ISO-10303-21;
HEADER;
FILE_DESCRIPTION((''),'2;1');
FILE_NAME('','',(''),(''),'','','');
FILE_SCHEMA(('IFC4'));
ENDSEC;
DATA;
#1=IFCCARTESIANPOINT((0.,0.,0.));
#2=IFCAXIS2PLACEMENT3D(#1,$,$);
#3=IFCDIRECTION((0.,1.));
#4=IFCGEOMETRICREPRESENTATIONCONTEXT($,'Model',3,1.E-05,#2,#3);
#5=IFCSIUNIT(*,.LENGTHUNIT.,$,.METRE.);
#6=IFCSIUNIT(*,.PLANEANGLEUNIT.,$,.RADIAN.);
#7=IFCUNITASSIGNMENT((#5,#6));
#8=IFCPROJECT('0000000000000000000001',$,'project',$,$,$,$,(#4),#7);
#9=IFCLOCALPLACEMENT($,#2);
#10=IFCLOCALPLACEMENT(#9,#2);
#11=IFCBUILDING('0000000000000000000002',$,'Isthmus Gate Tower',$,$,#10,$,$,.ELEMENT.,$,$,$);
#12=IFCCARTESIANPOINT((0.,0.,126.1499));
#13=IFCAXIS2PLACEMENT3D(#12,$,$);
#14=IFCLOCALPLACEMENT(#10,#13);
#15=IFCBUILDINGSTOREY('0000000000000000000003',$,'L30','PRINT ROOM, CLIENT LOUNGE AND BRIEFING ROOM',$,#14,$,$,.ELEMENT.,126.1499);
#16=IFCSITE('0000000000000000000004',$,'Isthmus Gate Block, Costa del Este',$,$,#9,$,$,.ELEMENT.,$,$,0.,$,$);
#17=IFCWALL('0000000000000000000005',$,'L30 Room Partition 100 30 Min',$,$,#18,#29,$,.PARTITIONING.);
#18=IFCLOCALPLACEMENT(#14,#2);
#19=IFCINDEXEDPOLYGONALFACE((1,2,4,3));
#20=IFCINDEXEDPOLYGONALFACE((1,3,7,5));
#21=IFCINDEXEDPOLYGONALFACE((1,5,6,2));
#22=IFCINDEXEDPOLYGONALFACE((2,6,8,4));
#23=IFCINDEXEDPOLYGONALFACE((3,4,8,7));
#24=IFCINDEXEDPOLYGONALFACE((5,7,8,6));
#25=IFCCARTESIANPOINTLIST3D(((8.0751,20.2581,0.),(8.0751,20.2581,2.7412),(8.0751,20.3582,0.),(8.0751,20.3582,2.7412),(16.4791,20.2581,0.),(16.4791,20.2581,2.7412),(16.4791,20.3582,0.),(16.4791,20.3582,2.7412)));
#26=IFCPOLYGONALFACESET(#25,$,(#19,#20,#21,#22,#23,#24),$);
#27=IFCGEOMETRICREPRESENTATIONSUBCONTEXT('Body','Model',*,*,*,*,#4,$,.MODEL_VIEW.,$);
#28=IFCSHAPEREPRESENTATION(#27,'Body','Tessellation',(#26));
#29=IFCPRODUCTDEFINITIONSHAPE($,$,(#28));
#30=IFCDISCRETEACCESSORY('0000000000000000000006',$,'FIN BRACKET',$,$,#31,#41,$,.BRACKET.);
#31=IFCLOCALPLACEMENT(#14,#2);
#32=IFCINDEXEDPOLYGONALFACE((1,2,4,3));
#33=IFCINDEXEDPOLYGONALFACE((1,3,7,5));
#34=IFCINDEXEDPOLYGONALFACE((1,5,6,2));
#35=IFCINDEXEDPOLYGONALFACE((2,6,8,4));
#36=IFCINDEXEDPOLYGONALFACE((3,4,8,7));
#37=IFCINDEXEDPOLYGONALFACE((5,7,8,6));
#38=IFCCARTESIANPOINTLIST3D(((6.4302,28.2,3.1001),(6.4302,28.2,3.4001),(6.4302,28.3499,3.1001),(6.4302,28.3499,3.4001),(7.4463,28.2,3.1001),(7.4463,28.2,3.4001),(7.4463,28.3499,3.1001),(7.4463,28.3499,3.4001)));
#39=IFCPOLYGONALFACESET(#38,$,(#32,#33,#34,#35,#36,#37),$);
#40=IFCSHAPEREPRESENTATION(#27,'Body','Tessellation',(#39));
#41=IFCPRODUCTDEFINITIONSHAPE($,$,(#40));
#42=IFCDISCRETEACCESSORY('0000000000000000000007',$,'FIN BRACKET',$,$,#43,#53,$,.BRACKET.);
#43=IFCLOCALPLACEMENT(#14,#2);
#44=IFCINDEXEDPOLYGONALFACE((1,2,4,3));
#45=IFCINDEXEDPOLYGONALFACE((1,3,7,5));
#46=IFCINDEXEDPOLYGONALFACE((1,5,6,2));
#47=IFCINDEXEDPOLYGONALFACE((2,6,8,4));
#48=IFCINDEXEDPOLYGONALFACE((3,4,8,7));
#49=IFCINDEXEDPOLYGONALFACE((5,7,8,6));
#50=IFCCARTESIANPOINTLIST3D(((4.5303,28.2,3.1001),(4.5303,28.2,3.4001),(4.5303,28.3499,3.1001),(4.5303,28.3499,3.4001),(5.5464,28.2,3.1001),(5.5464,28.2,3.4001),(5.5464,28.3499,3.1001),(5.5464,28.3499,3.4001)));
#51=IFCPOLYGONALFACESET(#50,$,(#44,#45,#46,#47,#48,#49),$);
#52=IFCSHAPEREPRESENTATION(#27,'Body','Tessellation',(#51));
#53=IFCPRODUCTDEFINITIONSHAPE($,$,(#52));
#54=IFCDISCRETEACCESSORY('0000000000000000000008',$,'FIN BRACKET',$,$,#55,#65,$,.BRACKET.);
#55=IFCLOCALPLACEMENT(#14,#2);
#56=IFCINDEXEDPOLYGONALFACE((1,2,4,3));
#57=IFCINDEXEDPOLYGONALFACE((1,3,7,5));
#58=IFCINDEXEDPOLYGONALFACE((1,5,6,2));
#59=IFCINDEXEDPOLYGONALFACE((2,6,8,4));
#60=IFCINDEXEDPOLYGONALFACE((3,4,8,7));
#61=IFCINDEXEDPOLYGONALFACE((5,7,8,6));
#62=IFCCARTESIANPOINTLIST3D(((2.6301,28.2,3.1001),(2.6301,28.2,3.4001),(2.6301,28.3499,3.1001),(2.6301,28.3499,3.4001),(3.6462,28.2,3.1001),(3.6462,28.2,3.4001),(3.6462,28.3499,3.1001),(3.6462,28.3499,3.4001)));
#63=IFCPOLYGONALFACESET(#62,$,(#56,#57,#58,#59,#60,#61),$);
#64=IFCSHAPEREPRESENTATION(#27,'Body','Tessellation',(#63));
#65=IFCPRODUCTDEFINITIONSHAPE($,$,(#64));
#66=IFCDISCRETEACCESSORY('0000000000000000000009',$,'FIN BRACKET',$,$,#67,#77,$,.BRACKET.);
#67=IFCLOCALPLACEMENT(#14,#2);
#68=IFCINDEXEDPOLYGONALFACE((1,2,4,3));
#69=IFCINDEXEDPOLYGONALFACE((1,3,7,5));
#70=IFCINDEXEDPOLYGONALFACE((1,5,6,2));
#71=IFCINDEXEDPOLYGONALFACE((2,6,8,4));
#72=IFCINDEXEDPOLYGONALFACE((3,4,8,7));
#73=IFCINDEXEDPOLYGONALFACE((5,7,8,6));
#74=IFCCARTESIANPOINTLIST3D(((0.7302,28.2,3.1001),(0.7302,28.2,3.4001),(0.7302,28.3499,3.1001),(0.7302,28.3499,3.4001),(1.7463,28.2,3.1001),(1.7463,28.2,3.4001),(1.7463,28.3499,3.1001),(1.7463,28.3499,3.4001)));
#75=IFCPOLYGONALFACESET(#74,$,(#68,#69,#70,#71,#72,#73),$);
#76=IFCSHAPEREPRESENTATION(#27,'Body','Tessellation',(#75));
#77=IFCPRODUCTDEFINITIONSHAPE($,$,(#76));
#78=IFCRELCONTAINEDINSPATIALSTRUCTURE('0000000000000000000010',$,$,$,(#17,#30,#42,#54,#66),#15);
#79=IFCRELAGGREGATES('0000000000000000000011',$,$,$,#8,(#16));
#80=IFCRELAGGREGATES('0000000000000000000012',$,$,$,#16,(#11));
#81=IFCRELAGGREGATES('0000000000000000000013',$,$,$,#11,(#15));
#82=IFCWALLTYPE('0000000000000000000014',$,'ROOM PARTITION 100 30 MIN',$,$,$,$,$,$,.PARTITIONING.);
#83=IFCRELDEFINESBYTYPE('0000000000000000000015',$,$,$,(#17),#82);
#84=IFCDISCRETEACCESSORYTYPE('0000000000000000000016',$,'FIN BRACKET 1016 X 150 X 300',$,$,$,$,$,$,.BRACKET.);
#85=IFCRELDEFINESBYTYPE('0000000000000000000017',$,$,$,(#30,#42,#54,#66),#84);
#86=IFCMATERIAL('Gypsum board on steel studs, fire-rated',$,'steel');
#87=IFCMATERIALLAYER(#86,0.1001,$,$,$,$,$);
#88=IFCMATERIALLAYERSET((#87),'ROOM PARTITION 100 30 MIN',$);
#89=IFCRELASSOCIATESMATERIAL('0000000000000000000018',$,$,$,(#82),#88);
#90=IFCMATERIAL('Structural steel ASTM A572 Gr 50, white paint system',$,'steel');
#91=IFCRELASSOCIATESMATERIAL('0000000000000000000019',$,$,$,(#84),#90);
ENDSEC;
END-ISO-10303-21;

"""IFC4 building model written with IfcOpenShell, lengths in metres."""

from ifc_helpers import new_model, si_unit, direction, frame, frame_2d, origin, origin_2d, place, context, subcontext, project, spatial, rectangle, extrude, material, layer, layer_set, type_object, element, save


model = new_model("IFC4")

# Units and contexts
model_context = context("Model", 3, precision=1e-05, world=origin(), true_north=direction((0.0, 1.0)))
body_context = subcontext(model_context, "Body", "Model", "MODEL_VIEW")
ifc_project = project(units=[si_unit("LENGTHUNIT", "METRE"), si_unit("PLANEANGLEUNIT", "RADIAN")], contexts=[model_context])

# Site, building, storey
site_placement = place(None, origin())
site = spatial("IfcSite", under=ifc_project, at=site_placement, Name="Isthmus Gate Block, Costa del Este", CompositionType="ELEMENT", RefElevation=0.0)
building_placement = place(site_placement, origin())
building = spatial("IfcBuilding", under=site, at=building_placement, Name="Isthmus Gate Tower", CompositionType="ELEMENT")
storey_placement = place(building_placement, frame((0.0, 0.0, 126.1499)))
storey = spatial("IfcBuildingStorey", under=building, at=storey_placement, Name="L30", Description="PRINT ROOM, CLIENT LOUNGE AND BRIEFING ROOM", CompositionType="ELEMENT", Elevation=126.1499)

# Wall
ifc_material_1 = material(Name="Gypsum board on steel studs, fire-rated", Category="steel")
ifc_layer_1 = layer(ifc_material_1, 0.1001)
ifc_layer_set_1 = layer_set([ifc_layer_1], Name="ROOM PARTITION 100 30 MIN")
wall_type_1 = type_object("IfcWallType", Name="ROOM PARTITION 100 30 MIN", PredefinedType="PARTITIONING", material=ifc_layer_set_1)
wall_1_placement = place(storey_placement, frame((8.075, 20.3081, 0.0), z_axis=(0.0, 0.0, 1.0), x_axis=(1.0, 0.0, 0.0)))
element("IfcWall", 1, at=wall_1_placement, inside=storey, type_object=wall_type_1, Name="L30 Room Partition 100 30 Min", PredefinedType="PARTITIONING", context=body_context, shape_type="SweptSolid", body=[
    extrude(rectangle(XDim=8.4041, YDim=0.1001, at=frame_2d((4.2021, 0.0))), origin(), (0.0, 0.0, 1.0), 2.7412),
])

# Discrete accessories
ifc_material_2 = material(Name="Structural steel ASTM A572 Gr 50, white paint system", Category="steel")
discrete_accessory_type = type_object("IfcDiscreteAccessoryType", Name="FIN BRACKET 1016 X 150 X 300", PredefinedType="BRACKET", material=ifc_material_2)
for number, where, z_axis, x_axis, name in (
    (2, (6.9382, 28.2749, 3.1001), (0.0, 0.0, 1.0), (0.0, 1.0, 0.0), "FIN BRACKET"),
    (3, (5.0383, 28.2749, 3.1001), (0.0, 0.0, 1.0), (0.0, 1.0, 0.0), "FIN BRACKET"),
    (4, (3.1382, 28.2749, 3.1001), (0.0, 0.0, 1.0), (0.0, 1.0, 0.0), "FIN BRACKET"),
    (5, (1.2383, 28.2749, 3.1001), (0.0, 0.0, 1.0), (0.0, 1.0, 0.0), "FIN BRACKET"),
):
    element("IfcDiscreteAccessory", number, at=place(storey_placement, frame(where, z_axis=z_axis, x_axis=x_axis)), inside=storey, type_object=discrete_accessory_type, Name=name, PredefinedType="BRACKET", context=body_context, shape_type="SweptSolid", body=[
        extrude(rectangle(XDim=0.1499, YDim=1.0161, at=origin_2d()), origin(), (0.0, 0.0, 1.0), 0.3),
    ])

save(model, "model.ifc")
